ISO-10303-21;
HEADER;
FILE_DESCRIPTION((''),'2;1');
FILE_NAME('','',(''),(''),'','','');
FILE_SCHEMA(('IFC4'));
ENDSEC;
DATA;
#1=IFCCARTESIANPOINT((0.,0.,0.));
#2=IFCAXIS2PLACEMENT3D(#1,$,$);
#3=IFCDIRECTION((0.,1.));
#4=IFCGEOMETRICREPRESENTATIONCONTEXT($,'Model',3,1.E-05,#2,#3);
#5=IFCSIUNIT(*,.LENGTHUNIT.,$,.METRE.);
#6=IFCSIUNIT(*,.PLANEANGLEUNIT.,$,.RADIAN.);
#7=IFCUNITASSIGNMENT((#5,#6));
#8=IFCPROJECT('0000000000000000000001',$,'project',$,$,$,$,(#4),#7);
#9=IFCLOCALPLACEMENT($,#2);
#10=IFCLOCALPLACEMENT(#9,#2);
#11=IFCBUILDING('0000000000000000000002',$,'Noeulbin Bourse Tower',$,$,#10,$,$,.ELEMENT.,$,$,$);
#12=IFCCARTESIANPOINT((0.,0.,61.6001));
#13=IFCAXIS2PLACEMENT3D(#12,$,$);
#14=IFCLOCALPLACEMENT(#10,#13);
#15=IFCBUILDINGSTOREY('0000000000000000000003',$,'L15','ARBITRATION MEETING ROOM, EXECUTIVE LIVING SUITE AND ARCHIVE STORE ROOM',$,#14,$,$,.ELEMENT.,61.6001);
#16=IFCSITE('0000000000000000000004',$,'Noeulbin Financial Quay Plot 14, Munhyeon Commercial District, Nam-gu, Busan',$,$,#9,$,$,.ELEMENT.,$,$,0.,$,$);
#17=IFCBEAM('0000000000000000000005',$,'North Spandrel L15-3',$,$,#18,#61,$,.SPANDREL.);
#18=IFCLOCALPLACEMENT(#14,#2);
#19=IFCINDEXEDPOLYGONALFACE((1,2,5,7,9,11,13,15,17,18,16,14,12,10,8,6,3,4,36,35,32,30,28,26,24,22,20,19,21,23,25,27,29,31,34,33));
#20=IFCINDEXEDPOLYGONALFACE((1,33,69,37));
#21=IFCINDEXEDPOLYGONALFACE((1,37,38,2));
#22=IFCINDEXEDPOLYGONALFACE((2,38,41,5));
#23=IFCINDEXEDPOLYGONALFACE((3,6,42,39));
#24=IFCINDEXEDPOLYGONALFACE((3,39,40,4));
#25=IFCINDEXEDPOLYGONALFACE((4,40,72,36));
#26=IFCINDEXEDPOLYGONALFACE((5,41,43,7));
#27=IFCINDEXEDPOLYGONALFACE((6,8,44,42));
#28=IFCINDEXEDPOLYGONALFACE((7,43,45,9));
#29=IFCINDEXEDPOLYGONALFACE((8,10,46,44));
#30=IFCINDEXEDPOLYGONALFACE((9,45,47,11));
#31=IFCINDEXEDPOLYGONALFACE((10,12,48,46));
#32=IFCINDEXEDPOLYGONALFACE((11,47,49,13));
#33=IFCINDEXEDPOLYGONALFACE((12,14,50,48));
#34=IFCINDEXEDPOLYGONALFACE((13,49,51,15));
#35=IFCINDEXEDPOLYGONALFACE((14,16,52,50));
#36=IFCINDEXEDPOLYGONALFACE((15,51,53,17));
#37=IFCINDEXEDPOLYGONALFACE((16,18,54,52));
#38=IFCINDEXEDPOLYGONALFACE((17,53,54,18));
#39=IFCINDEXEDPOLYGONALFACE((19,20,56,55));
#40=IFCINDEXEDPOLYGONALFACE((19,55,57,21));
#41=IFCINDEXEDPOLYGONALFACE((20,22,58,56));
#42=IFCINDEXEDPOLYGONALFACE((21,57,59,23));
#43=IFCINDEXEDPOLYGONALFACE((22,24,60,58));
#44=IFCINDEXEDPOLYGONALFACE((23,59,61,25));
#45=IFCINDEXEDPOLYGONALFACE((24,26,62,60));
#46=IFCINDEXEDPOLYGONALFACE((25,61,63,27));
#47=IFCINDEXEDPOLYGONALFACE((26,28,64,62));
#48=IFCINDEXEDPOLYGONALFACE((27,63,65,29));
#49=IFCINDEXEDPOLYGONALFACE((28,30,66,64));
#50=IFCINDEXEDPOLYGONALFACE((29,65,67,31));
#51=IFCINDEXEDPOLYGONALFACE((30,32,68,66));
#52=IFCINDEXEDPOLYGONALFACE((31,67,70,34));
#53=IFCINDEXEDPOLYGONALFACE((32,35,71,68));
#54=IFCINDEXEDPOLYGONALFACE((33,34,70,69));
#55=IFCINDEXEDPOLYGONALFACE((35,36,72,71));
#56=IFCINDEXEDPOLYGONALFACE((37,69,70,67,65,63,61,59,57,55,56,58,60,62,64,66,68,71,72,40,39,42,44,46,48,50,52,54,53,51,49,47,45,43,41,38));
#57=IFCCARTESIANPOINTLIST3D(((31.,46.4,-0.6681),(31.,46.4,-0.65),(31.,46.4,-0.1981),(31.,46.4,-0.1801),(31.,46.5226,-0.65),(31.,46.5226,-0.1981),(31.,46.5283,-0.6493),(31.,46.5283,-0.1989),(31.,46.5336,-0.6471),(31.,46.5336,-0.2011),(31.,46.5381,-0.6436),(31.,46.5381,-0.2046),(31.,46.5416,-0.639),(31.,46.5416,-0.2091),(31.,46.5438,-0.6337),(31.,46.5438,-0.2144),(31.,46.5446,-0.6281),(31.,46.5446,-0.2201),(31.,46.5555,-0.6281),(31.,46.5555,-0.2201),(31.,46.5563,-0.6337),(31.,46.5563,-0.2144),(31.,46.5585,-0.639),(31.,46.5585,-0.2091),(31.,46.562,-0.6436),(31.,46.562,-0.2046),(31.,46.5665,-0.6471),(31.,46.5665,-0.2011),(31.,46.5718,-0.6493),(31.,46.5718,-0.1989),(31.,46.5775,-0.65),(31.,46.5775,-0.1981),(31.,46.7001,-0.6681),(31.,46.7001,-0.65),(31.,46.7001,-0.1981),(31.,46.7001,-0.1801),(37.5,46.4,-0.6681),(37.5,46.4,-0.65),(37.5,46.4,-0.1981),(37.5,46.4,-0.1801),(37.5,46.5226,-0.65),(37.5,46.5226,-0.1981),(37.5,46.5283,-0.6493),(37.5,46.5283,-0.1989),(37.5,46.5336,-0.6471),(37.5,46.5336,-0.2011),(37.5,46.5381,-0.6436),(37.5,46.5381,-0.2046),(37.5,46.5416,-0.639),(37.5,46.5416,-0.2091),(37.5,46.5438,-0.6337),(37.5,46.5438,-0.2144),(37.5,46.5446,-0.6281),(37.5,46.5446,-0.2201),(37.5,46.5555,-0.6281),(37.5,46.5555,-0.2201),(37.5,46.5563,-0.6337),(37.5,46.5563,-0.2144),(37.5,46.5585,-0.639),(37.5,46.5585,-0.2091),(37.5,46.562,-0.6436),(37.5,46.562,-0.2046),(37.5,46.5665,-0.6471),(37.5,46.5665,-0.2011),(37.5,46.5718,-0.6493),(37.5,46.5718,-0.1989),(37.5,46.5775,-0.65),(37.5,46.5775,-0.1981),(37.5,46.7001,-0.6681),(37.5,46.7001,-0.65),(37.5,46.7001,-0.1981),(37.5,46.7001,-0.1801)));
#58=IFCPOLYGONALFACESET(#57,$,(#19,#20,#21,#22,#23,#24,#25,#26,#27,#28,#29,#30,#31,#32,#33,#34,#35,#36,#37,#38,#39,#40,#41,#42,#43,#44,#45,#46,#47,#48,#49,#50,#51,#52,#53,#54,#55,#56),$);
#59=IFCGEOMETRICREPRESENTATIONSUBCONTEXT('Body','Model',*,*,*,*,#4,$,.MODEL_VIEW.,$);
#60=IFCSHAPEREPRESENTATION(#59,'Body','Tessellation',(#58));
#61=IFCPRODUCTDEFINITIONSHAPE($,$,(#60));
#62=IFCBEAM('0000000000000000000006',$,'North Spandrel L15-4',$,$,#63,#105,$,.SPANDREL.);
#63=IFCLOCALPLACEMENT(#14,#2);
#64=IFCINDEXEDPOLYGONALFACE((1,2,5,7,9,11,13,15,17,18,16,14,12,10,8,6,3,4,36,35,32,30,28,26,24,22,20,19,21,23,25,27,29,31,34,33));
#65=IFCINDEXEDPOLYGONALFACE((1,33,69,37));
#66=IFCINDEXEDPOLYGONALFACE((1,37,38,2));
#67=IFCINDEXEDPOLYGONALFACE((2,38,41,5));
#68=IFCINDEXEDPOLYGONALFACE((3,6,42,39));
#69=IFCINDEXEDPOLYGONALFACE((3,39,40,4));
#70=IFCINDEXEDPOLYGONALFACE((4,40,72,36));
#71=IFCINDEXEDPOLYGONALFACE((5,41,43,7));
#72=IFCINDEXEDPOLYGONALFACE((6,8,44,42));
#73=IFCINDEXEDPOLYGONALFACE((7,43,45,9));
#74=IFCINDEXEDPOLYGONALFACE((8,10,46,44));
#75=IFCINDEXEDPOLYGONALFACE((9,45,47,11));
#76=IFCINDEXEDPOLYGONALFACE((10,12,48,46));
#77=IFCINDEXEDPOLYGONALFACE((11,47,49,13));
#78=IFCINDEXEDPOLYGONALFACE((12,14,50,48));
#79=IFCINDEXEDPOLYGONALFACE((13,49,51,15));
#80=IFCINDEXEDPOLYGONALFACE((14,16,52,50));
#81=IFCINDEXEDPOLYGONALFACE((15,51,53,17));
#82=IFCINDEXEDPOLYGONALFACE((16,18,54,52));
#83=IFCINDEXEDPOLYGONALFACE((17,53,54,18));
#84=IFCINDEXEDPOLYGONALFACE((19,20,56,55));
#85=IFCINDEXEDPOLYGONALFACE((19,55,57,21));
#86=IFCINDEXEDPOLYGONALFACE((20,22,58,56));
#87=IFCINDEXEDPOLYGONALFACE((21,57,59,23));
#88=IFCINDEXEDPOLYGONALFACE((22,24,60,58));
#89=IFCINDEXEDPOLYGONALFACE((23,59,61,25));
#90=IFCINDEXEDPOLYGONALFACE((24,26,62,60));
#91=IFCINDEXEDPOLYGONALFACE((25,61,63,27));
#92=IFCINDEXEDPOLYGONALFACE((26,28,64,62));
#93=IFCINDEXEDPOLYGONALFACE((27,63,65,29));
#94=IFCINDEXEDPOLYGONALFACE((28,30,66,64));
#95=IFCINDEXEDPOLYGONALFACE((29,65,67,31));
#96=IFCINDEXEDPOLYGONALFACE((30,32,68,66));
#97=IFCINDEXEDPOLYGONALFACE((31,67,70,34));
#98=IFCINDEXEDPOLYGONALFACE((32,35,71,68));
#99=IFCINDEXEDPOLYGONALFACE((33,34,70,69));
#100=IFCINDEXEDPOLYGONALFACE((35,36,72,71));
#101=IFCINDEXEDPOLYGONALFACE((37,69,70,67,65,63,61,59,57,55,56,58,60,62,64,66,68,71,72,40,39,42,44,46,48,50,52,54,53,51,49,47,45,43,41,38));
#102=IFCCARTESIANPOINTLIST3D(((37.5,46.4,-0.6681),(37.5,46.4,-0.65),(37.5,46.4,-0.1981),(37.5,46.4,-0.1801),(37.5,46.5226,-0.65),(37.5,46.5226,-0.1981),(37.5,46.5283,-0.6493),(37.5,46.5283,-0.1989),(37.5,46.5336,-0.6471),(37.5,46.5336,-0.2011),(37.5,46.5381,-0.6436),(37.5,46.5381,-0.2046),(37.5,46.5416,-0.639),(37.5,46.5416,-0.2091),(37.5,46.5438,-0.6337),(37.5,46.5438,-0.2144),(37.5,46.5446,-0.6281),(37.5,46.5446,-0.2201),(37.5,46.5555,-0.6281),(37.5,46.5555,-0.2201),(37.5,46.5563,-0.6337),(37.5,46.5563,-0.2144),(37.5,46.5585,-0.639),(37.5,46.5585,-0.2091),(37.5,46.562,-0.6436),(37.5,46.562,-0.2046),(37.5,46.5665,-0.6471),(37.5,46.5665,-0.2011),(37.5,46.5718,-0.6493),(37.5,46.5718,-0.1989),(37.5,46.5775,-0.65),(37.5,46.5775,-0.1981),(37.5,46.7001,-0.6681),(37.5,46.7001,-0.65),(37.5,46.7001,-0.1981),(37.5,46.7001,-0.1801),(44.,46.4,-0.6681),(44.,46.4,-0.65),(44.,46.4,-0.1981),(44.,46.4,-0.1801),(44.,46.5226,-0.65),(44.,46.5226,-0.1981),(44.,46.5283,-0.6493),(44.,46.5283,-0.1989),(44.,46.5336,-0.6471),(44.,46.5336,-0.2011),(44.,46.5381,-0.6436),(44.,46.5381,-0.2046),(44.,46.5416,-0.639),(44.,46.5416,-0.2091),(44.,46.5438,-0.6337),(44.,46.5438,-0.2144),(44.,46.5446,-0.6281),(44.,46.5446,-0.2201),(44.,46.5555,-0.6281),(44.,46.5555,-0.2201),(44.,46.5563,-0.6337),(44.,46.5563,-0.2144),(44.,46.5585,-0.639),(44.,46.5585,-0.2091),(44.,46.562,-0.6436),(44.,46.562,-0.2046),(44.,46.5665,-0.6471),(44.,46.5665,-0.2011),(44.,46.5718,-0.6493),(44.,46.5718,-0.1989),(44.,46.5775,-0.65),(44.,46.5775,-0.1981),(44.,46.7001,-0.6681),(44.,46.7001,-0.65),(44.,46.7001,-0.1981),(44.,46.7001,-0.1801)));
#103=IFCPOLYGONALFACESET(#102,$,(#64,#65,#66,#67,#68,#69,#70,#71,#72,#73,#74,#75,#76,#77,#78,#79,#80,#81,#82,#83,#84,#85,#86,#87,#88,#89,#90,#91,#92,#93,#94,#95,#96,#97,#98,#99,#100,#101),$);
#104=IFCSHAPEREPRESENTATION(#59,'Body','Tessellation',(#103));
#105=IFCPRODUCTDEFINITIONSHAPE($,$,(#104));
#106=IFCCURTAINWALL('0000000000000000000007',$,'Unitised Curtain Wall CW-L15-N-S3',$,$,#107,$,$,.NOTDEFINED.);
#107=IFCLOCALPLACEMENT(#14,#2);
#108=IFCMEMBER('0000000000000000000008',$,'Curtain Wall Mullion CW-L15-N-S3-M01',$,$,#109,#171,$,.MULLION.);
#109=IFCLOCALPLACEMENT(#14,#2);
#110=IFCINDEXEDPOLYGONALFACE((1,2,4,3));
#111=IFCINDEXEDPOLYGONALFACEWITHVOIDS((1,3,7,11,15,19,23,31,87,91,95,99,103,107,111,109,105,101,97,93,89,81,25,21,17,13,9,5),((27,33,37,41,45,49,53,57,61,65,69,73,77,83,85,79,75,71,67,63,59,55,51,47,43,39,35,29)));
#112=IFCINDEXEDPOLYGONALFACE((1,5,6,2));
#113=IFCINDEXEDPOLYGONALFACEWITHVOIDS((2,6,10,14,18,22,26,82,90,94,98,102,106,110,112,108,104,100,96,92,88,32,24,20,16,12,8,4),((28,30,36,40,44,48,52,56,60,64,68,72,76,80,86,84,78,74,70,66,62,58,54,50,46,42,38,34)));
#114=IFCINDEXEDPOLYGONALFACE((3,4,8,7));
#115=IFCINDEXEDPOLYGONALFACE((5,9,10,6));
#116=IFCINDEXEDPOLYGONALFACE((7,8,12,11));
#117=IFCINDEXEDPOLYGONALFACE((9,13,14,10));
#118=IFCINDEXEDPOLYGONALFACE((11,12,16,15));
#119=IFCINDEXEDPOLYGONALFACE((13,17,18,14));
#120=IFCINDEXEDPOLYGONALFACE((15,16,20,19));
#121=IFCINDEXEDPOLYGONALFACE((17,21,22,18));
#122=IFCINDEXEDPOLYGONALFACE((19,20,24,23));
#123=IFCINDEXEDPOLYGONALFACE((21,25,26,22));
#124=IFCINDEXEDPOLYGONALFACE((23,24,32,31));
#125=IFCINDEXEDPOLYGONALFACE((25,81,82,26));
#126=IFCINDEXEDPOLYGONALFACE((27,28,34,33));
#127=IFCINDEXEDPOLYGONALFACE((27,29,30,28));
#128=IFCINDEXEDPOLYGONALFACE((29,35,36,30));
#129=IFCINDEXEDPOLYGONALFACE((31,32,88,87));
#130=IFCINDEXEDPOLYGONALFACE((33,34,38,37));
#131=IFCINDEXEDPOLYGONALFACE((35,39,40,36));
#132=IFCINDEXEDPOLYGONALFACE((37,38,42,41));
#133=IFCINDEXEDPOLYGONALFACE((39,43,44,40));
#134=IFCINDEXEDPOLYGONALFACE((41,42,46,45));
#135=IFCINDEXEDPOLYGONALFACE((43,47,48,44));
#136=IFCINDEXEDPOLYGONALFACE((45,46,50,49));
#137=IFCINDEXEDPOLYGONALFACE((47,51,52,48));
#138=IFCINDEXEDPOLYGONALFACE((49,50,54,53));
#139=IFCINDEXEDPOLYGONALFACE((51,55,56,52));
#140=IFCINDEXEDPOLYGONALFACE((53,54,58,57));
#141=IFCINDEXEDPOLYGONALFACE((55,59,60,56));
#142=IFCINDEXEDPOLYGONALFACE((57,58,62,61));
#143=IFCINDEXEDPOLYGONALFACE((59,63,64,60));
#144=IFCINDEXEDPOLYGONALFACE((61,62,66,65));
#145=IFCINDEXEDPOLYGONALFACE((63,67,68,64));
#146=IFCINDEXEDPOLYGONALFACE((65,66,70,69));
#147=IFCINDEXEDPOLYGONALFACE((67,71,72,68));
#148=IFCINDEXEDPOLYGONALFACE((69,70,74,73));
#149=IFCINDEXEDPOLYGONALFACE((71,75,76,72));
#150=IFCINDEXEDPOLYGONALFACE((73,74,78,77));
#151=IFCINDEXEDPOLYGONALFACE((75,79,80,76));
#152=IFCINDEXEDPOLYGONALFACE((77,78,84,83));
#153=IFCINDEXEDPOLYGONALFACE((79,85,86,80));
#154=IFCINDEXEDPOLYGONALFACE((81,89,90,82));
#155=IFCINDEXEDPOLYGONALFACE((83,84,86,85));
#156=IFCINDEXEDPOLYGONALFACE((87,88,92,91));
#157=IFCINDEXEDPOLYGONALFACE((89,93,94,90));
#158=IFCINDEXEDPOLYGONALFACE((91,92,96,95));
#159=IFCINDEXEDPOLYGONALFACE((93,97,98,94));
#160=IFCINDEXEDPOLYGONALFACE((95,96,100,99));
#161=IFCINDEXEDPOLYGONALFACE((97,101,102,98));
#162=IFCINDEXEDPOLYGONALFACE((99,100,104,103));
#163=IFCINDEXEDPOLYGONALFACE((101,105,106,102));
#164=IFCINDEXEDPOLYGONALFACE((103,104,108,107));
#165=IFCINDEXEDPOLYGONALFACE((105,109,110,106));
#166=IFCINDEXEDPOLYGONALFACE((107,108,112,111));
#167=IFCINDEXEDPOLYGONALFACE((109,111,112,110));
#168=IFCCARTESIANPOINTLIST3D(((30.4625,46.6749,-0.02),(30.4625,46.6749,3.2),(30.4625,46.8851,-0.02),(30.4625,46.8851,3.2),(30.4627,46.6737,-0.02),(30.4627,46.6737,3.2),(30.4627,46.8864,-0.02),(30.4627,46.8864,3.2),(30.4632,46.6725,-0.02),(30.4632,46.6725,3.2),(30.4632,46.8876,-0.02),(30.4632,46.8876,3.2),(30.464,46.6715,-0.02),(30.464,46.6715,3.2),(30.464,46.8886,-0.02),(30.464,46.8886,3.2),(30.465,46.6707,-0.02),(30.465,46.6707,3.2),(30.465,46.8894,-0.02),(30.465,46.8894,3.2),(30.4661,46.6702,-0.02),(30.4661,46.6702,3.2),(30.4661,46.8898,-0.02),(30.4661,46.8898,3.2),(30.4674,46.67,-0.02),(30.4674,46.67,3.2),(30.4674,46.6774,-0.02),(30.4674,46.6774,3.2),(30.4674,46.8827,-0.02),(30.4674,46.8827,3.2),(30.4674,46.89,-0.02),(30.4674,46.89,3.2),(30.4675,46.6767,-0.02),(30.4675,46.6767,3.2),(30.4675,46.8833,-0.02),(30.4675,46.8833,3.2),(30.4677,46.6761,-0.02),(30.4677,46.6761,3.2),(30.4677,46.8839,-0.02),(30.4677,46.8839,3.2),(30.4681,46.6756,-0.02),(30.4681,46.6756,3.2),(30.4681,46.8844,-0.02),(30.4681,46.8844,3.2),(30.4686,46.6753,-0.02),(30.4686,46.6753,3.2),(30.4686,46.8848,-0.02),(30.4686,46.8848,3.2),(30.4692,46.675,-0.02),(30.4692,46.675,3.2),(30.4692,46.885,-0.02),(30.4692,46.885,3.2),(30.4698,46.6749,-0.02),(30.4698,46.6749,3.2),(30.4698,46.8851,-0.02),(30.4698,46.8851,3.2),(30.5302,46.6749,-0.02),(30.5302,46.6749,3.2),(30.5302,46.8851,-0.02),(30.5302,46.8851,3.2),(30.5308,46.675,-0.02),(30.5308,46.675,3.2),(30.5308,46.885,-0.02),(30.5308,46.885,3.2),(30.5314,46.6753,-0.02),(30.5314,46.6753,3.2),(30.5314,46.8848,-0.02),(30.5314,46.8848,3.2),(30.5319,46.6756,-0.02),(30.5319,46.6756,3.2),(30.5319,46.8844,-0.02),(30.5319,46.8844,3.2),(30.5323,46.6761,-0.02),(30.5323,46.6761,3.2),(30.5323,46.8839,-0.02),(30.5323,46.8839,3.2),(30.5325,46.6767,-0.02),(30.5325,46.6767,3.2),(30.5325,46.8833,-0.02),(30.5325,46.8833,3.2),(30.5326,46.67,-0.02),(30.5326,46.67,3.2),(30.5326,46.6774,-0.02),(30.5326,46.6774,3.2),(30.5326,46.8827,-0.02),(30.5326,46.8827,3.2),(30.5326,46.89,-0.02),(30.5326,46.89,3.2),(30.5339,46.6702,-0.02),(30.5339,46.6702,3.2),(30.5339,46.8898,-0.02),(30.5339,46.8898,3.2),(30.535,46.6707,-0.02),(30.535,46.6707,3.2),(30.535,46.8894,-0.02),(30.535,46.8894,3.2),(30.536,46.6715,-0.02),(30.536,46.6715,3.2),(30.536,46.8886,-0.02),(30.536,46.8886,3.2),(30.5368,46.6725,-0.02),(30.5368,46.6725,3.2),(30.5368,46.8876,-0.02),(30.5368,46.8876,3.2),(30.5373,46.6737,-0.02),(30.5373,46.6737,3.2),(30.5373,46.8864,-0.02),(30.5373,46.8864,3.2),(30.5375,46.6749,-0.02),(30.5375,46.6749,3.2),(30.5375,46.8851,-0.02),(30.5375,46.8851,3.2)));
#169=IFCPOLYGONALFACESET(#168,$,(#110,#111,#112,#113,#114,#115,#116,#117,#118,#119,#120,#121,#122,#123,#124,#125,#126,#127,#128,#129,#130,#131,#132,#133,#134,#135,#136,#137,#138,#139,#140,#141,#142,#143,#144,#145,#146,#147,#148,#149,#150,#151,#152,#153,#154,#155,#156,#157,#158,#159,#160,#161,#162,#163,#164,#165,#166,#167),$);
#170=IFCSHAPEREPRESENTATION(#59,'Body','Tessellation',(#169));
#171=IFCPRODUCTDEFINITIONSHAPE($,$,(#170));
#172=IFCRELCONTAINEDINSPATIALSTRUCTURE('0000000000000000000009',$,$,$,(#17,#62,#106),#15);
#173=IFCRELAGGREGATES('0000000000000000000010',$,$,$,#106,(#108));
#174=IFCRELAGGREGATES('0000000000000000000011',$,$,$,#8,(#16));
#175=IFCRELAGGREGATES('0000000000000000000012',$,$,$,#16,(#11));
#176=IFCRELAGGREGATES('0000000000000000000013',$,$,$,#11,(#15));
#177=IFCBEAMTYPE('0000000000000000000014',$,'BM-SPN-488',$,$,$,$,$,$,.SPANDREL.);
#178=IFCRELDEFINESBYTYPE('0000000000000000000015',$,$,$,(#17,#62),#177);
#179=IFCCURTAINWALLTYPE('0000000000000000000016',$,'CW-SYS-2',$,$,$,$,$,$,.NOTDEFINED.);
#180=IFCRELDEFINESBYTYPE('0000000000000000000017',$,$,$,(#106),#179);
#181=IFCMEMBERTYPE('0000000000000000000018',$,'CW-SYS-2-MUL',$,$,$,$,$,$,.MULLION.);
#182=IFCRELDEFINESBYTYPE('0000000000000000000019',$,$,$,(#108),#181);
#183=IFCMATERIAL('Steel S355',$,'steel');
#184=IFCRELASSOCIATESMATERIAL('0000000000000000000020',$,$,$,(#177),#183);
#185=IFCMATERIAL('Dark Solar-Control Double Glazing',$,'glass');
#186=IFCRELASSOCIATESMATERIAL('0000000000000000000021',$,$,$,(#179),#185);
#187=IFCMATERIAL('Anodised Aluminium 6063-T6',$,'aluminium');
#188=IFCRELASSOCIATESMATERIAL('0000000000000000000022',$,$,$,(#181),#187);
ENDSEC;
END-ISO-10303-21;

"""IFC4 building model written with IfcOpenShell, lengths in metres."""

from ifc_helpers import new_model, si_unit, direction, frame, origin, origin_2d, place, context, subcontext, project, spatial, hollow_rectangle, i_section, extrude, material, material_profile, profile_set, type_object, element, aggregate, save


model = new_model("IFC4")

# Units and contexts
model_context = context("Model", 3, precision=1e-05, world=origin(), true_north=direction((0.0, 1.0)))
body_context = subcontext(model_context, "Body", "Model", "MODEL_VIEW")
ifc_project = project(units=[si_unit("LENGTHUNIT", "METRE"), si_unit("PLANEANGLEUNIT", "RADIAN")], contexts=[model_context])

# Site, building, storey
site_placement = place(None, origin())
site = spatial("IfcSite", under=ifc_project, at=site_placement, Name="Noeulbin Financial Quay Plot 14, Munhyeon Commercial District, Nam-gu, Busan", CompositionType="ELEMENT", RefElevation=0.0)
building_placement = place(site_placement, origin())
building = spatial("IfcBuilding", under=site, at=building_placement, Name="Noeulbin Bourse Tower", CompositionType="ELEMENT")
storey_placement = place(building_placement, frame((0.0, 0.0, 61.6001)))
storey = spatial("IfcBuildingStorey", under=building, at=storey_placement, Name="L15", Description="ARBITRATION MEETING ROOM, EXECUTIVE LIVING SUITE AND ARCHIVE STORE ROOM", CompositionType="ELEMENT", Elevation=61.6001)

# Beams
ifc_material_1 = material(Name="Steel S355", Category="steel")
ifc_material_profile_1 = material_profile(ifc_material_1, i_section(OverallWidth=0.3, OverallDepth=0.488, WebThickness=0.011, FlangeThickness=0.0181, FilletRadius=0.022, at=origin_2d()), Name="H-488x300x11x18", Category="LoadBearing")
ifc_profile_set_1 = profile_set([ifc_material_profile_1], Name="Steel S355")
beam_type_1 = type_object("IfcBeamType", Name="BM-SPN-488", PredefinedType="SPANDREL", material=ifc_profile_set_1)
for number, where, z_axis, x_axis, name in (
    (1, (31.0, 46.55, -0.4241), (1.0, 0.0, 0.0), (0.0, 1.0, 0.0), "North Spandrel L15-3"),
    (2, (37.5, 46.55, -0.4241), (1.0, 0.0, 0.0), (0.0, 1.0, 0.0), "North Spandrel L15-4"),
):
    element("IfcBeam", number, at=place(storey_placement, frame(where, z_axis=z_axis, x_axis=x_axis)), inside=storey, type_object=beam_type_1, Name=name, PredefinedType="SPANDREL", context=body_context, shape_type="SweptSolid", body=[
        extrude(i_section(OverallWidth=0.3, OverallDepth=0.488, WebThickness=0.011, FlangeThickness=0.0181, FilletRadius=0.022, at=origin_2d()), origin(), (0.0, 0.0, 1.0), 6.5),
    ])

# Curtain wall, member
ifc_material_2 = material(Name="Dark Solar-Control Double Glazing", Category="glass")
curtain_wall_type = type_object("IfcCurtainWallType", Name="CW-SYS-2", PredefinedType="NOTDEFINED", material=ifc_material_2)
curtain_wall_1_placement = place(storey_placement, origin())
curtain_wall_1 = element("IfcCurtainWall", 3, at=curtain_wall_1_placement, inside=storey, type_object=curtain_wall_type, Name="Unitised Curtain Wall CW-L15-N-S3", PredefinedType="NOTDEFINED")
ifc_material_3 = material(Name="Anodised Aluminium 6063-T6", Category="aluminium")
ifc_material_profile_2 = material_profile(ifc_material_3, hollow_rectangle(XDim=0.075, YDim=0.22, WallThickness=0.0049, InnerFilletRadius=0.0024, OuterFilletRadius=0.0049, at=origin_2d()), Name="ALU-MULL-75x220x5", Category="LoadBearing")
ifc_profile_set_2 = profile_set([ifc_material_profile_2], Name="Anodised Aluminium 6063-T6")
member_type_1 = type_object("IfcMemberType", Name="CW-SYS-2-MUL", PredefinedType="MULLION", material=ifc_profile_set_2)
member_1_placement = place(storey_placement, frame((30.5, 46.78, -0.02), z_axis=(0.0, 0.0, 1.0), x_axis=(1.0, 0.0, 0.0)))
member_1 = element("IfcMember", 4, at=member_1_placement, type_object=member_type_1, Name="Curtain Wall Mullion CW-L15-N-S3-M01", PredefinedType="MULLION", context=body_context, shape_type="SweptSolid", body=[
    extrude(hollow_rectangle(XDim=0.075, YDim=0.22, WallThickness=0.0049, InnerFilletRadius=0.0024, OuterFilletRadius=0.0049, at=origin_2d()), origin(), (0.0, 0.0, 1.0), 3.22),
])
aggregate(curtain_wall_1, [member_1])

save(model, "model.ifc")
